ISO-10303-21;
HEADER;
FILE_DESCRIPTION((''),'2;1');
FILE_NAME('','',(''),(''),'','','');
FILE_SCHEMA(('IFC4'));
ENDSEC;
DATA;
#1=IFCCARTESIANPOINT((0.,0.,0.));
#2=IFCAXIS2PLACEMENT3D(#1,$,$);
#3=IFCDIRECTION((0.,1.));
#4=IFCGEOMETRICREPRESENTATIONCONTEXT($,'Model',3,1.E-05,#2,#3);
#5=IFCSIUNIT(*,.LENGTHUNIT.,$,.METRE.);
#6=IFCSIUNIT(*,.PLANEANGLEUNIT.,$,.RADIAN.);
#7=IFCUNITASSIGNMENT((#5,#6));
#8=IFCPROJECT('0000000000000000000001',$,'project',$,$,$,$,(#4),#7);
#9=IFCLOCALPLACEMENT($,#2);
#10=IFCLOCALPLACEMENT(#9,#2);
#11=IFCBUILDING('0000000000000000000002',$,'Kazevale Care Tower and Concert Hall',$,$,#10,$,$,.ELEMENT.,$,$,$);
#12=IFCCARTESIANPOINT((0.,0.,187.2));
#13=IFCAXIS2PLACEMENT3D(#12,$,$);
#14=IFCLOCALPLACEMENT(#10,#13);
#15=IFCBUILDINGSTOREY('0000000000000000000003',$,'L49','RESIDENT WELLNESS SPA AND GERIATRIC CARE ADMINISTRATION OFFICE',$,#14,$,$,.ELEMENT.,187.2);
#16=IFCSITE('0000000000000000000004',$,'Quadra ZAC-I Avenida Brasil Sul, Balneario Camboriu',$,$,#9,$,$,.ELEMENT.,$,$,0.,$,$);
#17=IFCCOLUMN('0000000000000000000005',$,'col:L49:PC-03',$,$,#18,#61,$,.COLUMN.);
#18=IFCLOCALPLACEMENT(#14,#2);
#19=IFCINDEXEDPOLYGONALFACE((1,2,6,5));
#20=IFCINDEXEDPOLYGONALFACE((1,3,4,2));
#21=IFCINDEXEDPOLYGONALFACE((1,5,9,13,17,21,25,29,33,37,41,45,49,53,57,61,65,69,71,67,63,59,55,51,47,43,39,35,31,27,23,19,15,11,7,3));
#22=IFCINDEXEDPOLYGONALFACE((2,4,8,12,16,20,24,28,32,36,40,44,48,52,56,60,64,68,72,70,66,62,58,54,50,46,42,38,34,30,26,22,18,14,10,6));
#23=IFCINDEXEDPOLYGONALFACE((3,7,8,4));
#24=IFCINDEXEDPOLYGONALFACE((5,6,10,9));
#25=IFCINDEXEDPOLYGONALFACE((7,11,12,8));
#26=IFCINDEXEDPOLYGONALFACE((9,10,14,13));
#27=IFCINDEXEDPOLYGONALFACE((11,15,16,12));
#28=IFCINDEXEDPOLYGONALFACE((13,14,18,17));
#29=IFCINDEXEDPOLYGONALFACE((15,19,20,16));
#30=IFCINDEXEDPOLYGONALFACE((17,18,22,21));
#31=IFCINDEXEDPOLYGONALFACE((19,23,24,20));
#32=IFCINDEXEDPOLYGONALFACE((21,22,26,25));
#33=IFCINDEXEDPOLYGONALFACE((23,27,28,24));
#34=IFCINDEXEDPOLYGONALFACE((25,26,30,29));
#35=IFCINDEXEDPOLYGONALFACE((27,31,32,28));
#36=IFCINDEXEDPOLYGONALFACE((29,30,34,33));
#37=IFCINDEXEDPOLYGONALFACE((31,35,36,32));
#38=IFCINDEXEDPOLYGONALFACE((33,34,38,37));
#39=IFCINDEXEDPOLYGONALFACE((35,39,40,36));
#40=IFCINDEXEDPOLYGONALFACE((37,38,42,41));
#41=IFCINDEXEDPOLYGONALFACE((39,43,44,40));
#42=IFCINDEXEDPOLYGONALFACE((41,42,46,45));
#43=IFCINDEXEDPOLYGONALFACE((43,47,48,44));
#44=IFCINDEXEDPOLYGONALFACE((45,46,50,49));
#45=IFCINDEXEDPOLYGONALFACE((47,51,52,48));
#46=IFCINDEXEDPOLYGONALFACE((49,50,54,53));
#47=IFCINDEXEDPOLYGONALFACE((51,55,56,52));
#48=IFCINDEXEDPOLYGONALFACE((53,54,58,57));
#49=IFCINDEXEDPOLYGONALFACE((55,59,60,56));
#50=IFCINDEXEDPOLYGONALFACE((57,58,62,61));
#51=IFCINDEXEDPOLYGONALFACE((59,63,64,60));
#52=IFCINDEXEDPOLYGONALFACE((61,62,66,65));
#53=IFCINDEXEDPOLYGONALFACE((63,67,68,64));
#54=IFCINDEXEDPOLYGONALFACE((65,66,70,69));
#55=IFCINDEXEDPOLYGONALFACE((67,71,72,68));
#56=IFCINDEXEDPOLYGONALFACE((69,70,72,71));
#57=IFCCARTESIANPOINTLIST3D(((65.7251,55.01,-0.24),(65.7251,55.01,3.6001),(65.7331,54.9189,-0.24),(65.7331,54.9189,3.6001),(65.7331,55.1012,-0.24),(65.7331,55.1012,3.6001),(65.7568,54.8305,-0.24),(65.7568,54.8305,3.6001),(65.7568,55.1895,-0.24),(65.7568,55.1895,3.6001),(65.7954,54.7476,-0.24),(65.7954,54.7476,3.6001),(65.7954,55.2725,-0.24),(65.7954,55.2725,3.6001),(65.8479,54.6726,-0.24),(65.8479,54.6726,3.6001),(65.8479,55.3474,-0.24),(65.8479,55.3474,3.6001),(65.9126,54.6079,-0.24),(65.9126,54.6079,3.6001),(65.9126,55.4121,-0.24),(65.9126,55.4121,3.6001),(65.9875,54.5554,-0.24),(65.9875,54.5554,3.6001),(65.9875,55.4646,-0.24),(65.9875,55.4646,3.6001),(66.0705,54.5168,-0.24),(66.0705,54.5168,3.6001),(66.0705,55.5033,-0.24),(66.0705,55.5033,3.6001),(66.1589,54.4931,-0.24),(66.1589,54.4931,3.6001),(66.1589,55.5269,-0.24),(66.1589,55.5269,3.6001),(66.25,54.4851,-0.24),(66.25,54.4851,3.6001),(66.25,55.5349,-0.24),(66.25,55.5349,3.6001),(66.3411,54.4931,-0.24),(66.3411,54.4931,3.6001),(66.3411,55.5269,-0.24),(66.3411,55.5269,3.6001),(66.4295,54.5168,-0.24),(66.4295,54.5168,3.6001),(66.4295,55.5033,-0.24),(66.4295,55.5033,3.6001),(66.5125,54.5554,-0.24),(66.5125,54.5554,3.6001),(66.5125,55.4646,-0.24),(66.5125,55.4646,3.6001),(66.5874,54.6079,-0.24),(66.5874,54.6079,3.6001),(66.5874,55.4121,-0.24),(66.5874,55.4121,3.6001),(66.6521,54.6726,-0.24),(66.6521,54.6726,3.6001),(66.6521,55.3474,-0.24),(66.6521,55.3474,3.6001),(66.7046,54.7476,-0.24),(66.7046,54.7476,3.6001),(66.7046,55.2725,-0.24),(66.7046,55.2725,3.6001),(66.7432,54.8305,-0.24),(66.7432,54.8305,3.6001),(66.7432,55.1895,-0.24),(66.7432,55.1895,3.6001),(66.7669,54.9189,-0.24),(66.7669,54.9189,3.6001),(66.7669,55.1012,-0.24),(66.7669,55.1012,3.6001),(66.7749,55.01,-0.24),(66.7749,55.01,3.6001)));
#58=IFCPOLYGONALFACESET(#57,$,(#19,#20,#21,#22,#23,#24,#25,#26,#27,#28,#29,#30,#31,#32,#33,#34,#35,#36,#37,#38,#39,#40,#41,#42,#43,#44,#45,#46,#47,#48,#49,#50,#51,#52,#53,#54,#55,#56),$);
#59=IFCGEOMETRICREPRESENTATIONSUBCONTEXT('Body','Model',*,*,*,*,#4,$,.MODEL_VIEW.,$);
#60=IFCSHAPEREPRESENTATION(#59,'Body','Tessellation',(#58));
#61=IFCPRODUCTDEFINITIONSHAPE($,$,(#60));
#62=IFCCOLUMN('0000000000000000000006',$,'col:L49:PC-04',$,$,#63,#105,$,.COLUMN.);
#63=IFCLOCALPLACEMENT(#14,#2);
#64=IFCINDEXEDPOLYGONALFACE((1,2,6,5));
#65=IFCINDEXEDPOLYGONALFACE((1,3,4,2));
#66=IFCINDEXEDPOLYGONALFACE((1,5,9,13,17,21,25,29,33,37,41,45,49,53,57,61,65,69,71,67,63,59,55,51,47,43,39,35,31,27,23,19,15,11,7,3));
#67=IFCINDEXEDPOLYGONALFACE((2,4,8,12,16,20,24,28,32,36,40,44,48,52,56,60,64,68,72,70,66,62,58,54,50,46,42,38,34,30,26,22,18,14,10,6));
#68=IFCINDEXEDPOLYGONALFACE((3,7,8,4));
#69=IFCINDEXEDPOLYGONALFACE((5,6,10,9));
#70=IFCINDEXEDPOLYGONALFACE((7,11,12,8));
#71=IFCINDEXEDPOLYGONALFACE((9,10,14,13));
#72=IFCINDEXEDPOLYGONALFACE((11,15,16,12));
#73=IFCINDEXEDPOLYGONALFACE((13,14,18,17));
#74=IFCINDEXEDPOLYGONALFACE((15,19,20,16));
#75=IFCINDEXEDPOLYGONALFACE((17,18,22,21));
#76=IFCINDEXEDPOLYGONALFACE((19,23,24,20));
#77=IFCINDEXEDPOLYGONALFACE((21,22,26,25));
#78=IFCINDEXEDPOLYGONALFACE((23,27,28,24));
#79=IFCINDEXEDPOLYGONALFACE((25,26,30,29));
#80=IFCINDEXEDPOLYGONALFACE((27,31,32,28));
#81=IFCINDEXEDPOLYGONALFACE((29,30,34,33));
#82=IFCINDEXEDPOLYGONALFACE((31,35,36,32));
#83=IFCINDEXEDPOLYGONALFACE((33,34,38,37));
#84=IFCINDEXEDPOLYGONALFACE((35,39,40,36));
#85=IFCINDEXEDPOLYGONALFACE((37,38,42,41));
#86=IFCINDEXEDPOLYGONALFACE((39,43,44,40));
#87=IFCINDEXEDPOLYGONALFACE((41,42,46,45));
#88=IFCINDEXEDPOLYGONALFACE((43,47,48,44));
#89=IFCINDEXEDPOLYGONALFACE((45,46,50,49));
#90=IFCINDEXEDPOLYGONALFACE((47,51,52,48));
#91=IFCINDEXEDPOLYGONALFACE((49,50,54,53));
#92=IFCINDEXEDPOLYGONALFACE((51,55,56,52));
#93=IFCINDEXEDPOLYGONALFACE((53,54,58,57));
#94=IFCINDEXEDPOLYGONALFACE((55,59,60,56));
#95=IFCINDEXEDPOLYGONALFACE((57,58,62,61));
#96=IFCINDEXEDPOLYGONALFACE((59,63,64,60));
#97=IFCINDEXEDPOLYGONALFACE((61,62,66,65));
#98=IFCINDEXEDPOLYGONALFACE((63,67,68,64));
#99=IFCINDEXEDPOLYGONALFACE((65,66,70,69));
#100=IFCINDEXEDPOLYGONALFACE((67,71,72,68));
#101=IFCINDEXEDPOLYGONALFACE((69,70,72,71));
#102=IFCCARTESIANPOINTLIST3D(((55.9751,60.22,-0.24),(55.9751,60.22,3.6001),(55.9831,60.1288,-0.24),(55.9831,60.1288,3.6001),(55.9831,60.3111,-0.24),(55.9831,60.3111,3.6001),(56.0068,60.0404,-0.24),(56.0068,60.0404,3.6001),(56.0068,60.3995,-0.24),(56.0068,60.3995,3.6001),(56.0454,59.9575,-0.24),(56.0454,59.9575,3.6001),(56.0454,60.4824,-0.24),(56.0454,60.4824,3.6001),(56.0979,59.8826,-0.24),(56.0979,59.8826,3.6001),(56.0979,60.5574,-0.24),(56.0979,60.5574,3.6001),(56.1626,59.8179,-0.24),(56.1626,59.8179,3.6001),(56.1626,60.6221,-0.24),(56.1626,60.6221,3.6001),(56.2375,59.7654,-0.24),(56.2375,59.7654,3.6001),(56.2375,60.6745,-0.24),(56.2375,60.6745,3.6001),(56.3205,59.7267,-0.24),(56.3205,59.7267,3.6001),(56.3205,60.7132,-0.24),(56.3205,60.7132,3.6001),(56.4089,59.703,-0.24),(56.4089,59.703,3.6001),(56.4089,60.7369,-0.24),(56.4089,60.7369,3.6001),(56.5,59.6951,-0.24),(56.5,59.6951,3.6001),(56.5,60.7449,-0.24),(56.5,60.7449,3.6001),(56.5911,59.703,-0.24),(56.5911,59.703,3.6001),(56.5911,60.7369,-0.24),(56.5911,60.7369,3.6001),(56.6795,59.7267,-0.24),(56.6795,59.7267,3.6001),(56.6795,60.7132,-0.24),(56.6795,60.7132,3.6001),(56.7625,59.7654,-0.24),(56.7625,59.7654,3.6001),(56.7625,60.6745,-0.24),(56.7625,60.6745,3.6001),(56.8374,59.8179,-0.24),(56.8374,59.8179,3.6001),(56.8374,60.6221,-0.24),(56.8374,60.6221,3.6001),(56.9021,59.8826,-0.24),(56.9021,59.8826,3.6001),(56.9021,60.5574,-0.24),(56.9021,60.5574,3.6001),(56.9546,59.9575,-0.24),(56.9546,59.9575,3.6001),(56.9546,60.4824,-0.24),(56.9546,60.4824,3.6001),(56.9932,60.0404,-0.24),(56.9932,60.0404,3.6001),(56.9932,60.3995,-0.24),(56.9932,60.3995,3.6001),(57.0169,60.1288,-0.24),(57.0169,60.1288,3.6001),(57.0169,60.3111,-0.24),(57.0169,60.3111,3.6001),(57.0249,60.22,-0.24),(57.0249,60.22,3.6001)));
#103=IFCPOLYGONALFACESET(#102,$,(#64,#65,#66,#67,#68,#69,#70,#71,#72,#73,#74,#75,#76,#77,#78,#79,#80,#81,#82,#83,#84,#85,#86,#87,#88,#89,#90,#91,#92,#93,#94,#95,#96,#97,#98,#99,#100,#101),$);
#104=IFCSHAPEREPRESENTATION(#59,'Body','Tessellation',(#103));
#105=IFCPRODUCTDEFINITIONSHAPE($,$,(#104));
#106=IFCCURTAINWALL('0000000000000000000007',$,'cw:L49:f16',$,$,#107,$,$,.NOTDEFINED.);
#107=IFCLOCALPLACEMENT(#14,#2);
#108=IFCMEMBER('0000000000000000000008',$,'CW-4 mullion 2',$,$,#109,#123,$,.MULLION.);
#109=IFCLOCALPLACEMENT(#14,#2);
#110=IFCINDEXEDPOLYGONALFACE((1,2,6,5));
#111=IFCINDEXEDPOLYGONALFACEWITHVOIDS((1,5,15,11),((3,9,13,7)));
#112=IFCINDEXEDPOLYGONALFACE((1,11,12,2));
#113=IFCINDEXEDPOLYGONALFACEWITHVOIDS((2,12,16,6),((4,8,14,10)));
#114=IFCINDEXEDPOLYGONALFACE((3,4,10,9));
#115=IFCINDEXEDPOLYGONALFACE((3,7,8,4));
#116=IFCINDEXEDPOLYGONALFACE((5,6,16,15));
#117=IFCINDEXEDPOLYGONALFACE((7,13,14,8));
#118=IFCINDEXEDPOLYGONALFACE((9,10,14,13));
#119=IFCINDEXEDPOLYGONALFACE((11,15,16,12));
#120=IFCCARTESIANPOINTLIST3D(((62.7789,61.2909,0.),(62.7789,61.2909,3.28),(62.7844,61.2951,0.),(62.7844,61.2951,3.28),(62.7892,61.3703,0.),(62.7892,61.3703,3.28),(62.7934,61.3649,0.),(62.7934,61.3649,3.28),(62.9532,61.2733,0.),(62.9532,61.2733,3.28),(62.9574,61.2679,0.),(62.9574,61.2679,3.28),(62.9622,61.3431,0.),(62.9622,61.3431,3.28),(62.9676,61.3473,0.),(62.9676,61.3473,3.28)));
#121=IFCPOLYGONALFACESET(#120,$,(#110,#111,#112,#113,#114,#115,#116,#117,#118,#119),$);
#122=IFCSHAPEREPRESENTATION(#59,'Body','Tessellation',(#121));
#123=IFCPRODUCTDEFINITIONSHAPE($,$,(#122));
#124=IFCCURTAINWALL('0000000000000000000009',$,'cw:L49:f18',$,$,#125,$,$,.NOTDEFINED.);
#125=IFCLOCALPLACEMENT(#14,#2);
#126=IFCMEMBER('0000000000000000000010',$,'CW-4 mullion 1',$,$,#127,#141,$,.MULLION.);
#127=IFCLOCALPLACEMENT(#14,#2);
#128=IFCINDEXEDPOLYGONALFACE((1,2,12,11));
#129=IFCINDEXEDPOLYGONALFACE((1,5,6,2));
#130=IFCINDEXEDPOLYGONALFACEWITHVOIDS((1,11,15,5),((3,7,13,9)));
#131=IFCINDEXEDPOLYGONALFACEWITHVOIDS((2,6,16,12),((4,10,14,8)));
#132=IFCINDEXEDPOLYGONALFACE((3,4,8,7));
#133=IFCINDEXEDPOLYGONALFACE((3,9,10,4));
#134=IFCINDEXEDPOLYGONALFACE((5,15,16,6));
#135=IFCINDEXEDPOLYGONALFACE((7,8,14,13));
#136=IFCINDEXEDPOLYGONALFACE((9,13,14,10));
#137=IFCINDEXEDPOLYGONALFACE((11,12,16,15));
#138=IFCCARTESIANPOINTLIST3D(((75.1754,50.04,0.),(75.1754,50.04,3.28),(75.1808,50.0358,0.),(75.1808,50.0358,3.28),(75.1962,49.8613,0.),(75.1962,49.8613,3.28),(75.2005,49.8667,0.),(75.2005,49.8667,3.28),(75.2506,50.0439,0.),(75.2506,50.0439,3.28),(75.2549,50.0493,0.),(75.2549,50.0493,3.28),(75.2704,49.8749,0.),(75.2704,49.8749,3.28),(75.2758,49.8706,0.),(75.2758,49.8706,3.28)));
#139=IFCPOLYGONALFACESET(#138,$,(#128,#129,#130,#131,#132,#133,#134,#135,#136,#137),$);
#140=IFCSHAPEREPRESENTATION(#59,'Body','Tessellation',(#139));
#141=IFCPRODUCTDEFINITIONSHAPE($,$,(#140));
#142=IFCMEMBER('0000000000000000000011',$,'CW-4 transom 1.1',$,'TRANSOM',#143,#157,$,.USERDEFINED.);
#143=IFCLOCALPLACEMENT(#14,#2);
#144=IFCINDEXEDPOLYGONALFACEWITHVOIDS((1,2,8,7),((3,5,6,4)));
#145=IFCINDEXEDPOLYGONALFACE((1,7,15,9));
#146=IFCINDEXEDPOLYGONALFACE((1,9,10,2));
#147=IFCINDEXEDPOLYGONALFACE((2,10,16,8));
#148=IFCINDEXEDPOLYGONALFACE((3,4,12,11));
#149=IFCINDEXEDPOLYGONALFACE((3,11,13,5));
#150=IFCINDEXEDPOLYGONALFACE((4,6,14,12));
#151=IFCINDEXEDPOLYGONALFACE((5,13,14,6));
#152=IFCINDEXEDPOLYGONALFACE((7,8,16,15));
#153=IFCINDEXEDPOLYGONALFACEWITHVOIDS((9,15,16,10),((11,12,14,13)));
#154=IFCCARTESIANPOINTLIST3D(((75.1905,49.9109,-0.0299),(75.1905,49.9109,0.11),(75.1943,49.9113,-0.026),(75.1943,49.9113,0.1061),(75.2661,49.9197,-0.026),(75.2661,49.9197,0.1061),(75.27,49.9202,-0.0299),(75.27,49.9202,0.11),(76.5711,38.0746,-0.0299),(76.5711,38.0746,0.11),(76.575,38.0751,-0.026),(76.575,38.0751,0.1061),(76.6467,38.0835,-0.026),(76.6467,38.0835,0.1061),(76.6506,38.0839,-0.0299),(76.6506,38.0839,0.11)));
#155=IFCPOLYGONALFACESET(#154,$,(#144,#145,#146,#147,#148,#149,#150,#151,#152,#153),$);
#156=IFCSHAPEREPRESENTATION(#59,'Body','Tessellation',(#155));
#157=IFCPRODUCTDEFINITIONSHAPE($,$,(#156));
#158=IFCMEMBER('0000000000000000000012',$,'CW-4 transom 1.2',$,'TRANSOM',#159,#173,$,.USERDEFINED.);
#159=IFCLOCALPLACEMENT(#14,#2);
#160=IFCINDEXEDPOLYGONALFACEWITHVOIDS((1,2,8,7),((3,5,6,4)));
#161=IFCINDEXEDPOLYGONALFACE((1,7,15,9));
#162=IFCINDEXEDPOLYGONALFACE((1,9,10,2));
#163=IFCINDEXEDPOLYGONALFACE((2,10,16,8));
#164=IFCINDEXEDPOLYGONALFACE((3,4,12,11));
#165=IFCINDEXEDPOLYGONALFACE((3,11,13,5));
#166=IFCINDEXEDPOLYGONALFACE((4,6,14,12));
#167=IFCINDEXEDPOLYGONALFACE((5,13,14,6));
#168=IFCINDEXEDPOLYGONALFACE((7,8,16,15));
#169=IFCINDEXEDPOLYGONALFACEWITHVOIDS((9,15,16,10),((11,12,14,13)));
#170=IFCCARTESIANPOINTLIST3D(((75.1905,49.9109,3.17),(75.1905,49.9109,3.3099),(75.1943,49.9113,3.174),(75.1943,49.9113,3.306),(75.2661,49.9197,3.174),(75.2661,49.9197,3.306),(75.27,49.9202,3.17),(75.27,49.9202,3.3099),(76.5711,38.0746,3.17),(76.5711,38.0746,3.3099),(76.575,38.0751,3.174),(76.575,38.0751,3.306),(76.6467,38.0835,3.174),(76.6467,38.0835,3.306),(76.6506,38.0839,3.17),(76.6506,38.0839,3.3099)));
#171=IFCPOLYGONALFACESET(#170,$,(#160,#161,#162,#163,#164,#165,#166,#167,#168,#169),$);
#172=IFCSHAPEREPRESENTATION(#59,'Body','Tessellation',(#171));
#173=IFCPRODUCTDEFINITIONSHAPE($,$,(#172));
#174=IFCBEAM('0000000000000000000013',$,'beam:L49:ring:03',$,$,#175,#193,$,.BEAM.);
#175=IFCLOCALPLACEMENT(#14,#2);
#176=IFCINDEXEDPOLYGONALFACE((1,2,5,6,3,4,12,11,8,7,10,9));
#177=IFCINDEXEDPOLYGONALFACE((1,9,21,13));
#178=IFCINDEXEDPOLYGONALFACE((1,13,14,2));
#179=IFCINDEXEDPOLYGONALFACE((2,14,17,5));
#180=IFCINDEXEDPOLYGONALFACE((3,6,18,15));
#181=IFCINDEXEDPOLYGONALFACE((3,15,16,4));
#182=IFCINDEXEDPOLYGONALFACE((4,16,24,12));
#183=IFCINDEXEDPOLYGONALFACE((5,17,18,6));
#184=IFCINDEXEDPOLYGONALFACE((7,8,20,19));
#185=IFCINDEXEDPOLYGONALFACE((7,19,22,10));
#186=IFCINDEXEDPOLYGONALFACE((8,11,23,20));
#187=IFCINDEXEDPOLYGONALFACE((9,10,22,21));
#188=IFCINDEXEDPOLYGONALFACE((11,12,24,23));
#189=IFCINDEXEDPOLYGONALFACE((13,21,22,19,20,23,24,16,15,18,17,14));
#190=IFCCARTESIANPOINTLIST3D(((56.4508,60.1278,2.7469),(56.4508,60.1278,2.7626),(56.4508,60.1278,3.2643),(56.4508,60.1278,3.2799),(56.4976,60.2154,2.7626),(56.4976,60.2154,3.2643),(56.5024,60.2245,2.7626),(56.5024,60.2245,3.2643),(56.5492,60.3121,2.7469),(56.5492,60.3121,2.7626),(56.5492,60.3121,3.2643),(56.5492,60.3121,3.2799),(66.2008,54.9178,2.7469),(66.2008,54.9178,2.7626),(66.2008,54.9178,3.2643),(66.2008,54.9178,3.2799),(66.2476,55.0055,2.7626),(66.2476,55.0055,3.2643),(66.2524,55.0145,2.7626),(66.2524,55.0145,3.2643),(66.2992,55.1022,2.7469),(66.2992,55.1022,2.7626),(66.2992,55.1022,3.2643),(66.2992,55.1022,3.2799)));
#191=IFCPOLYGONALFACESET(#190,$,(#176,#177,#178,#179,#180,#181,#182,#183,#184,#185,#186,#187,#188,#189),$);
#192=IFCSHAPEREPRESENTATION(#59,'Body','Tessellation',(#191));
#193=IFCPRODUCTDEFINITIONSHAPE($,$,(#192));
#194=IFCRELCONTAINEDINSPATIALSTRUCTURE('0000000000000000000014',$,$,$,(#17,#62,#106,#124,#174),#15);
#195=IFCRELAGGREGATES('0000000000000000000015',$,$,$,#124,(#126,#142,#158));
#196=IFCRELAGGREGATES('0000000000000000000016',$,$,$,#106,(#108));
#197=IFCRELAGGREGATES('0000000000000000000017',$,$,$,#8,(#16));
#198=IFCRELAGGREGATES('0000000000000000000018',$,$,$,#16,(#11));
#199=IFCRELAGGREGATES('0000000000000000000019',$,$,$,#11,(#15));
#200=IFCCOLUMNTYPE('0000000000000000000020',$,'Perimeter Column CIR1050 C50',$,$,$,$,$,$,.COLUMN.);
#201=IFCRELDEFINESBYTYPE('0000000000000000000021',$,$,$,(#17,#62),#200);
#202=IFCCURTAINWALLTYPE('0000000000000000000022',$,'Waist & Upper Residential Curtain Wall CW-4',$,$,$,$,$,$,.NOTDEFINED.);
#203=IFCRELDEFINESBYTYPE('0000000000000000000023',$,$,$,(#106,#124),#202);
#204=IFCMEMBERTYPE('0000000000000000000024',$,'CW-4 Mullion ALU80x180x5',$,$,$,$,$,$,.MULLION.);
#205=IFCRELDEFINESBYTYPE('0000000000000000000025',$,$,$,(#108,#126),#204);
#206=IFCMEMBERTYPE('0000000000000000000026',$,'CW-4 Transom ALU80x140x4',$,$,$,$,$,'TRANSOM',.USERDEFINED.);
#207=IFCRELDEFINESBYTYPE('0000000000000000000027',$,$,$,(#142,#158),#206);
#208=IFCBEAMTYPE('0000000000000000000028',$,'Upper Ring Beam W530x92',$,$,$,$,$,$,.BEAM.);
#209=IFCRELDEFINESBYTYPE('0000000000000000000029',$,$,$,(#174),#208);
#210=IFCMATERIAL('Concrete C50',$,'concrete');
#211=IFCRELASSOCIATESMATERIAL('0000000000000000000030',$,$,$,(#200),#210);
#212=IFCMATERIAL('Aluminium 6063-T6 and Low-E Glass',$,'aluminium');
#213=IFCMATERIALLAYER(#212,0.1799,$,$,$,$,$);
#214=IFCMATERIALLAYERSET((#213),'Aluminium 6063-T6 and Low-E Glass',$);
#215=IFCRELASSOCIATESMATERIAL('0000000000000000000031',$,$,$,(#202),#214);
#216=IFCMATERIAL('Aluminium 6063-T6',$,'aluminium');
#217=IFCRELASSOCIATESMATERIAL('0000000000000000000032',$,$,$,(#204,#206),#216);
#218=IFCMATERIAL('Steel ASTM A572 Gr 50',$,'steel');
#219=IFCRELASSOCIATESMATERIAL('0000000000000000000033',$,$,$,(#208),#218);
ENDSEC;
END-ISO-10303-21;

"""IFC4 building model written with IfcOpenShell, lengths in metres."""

from ifc_helpers import new_model, si_unit, direction, frame, origin, origin_2d, place, context, subcontext, project, spatial, hollow_rectangle, circle, i_section, extrude, material, layer, layer_set, material_profile, profile_set, type_object, element, aggregate, save


model = new_model("IFC4")

# Units and contexts
model_context = context("Model", 3, precision=1e-05, world=origin(), true_north=direction((0.0, 1.0)))
body_context = subcontext(model_context, "Body", "Model", "MODEL_VIEW")
ifc_project = project(units=[si_unit("LENGTHUNIT", "METRE"), si_unit("PLANEANGLEUNIT", "RADIAN")], contexts=[model_context])

# Site, building, storey
site_placement = place(None, origin())
site = spatial("IfcSite", under=ifc_project, at=site_placement, Name="Quadra ZAC-I Avenida Brasil Sul, Balneario Camboriu", CompositionType="ELEMENT", RefElevation=0.0)
building_placement = place(site_placement, origin())
building = spatial("IfcBuilding", under=site, at=building_placement, Name="Kazevale Care Tower and Concert Hall", CompositionType="ELEMENT")
storey_placement = place(building_placement, frame((0.0, 0.0, 187.2)))
storey = spatial("IfcBuildingStorey", under=building, at=storey_placement, Name="L49", Description="RESIDENT WELLNESS SPA AND GERIATRIC CARE ADMINISTRATION OFFICE", CompositionType="ELEMENT", Elevation=187.2)

# Columns
ifc_material_1 = material(Name="Concrete C50", Category="concrete")
ifc_material_profile_1 = material_profile(ifc_material_1, circle(Radius=0.5249, at=origin_2d()), Name="RC-CIR1050")
ifc_profile_set_1 = profile_set([ifc_material_profile_1], Name="Concrete C50")
column_type = type_object("IfcColumnType", Name="Perimeter Column CIR1050 C50", PredefinedType="COLUMN", material=ifc_profile_set_1)
for number, where, z_axis, x_axis, name in (
    (1, (66.25, 55.01, -0.24), (0.0, 0.0, 1.0), (1.0, 0.0, 0.0), "col:L49:PC-03"),
    (2, (56.5, 60.22, -0.24), (0.0, 0.0, 1.0), (1.0, 0.0, 0.0), "col:L49:PC-04"),
):
    element("IfcColumn", number, at=place(storey_placement, frame(where, z_axis=z_axis, x_axis=x_axis)), inside=storey, type_object=column_type, Name=name, PredefinedType="COLUMN", context=body_context, shape_type="SweptSolid", body=[
        extrude(circle(Radius=0.5249, at=origin_2d()), origin(), (0.0, 0.0, 1.0), 3.8401),
    ])

# Curtain wall, member
ifc_material_2 = material(Name="Aluminium 6063-T6 and Low-E Glass", Category="aluminium")
ifc_layer_1 = layer(ifc_material_2, 0.1799)
ifc_layer_set_1 = layer_set([ifc_layer_1], Name="Aluminium 6063-T6 and Low-E Glass")
curtain_wall_type = type_object("IfcCurtainWallType", Name="Waist & Upper Residential Curtain Wall CW-4", PredefinedType="NOTDEFINED", material=ifc_layer_set_1)
curtain_wall_1_placement = place(storey_placement, origin())
curtain_wall_1 = element("IfcCurtainWall", 3, at=curtain_wall_1_placement, inside=storey, type_object=curtain_wall_type, Name="cw:L49:f16", PredefinedType="NOTDEFINED")
ifc_material_3 = material(Name="Aluminium 6063-T6", Category="aluminium")
ifc_material_profile_2 = material_profile(ifc_material_3, hollow_rectangle(XDim=0.0801, YDim=0.1799, WallThickness=0.0049, at=origin_2d()), Name="ALU80x180x5")
ifc_profile_set_2 = profile_set([ifc_material_profile_2], Name="Aluminium 6063-T6")
member_type_1 = type_object("IfcMemberType", Name="CW-4 Mullion ALU80x180x5", PredefinedType="MULLION", material=ifc_profile_set_2)
member_1_placement = place(storey_placement, frame((62.8733, 61.3191, 0.0), z_axis=(0.0, 0.0, 1.0), x_axis=(0.128098, 0.991761, 0.0)))
member_1 = element("IfcMember", 4, at=member_1_placement, type_object=member_type_1, Name="CW-4 mullion 2", PredefinedType="MULLION", context=body_context, shape_type="SweptSolid", body=[
    extrude(hollow_rectangle(XDim=0.0801, YDim=0.1799, WallThickness=0.0049, at=origin_2d()), origin(), (0.0, 0.0, 1.0), 3.28),
])

# Curtain wall, members
curtain_wall_2_placement = place(storey_placement, origin())
curtain_wall_2 = element("IfcCurtainWall", 5, at=curtain_wall_2_placement, inside=storey, type_object=curtain_wall_type, Name="cw:L49:f18", PredefinedType="NOTDEFINED")
member_2_placement = place(storey_placement, frame((75.2256, 49.9553, 0.0), z_axis=(0.0, 0.0, 1.0), x_axis=(0.993267, 0.115847, 0.0)))
member_2 = element("IfcMember", 6, at=member_2_placement, type_object=member_type_1, Name="CW-4 mullion 1", PredefinedType="MULLION", context=body_context, shape_type="SweptSolid", body=[
    extrude(hollow_rectangle(XDim=0.0801, YDim=0.1799, WallThickness=0.0049, at=origin_2d()), origin(), (0.0, 0.0, 1.0), 3.28),
])
ifc_material_profile_3 = material_profile(ifc_material_3, hollow_rectangle(XDim=0.0801, YDim=0.1399, WallThickness=0.0039, at=origin_2d()), Name="ALU80x140x4")
ifc_profile_set_3 = profile_set([ifc_material_profile_3], Name="Aluminium 6063-T6")
member_type_2 = type_object("IfcMemberType", Name="CW-4 Transom ALU80x140x4", ElementType="TRANSOM", PredefinedType="USERDEFINED", material=ifc_profile_set_3)
member_3_placement = place(storey_placement, frame((75.2302, 49.9155, 0.04), z_axis=(0.115858, -0.993266, 0.0), x_axis=(0.993266, 0.115858, 0.0)))
member_3 = element("IfcMember", 7, at=member_3_placement, type_object=member_type_2, Name="CW-4 transom 1.1", ObjectType="TRANSOM", PredefinedType="USERDEFINED", context=body_context, shape_type="SweptSolid", body=[
    extrude(hollow_rectangle(XDim=0.0801, YDim=0.1399, WallThickness=0.0039, at=origin_2d()), origin(), (0.0, 0.0, 1.0), 11.9165),
])
member_4_placement = place(storey_placement, frame((75.2302, 49.9155, 3.24), z_axis=(0.115858, -0.993266, 0.0), x_axis=(0.993266, 0.115858, 0.0)))
member_4 = element("IfcMember", 8, at=member_4_placement, type_object=member_type_2, Name="CW-4 transom 1.2", ObjectType="TRANSOM", PredefinedType="USERDEFINED", context=body_context, shape_type="SweptSolid", body=[
    extrude(hollow_rectangle(XDim=0.0801, YDim=0.1399, WallThickness=0.0039, at=origin_2d()), origin(), (0.0, 0.0, 1.0), 11.9165),
])
aggregate(curtain_wall_2, [member_2, member_3, member_4])

# Beam
ifc_material_4 = material(Name="Steel ASTM A572 Gr 50", Category="steel")
ifc_material_profile_4 = material_profile(ifc_material_4, i_section(OverallWidth=0.209, OverallDepth=0.533, WebThickness=0.0103, FlangeThickness=0.0156, at=origin_2d()), Name="W530x92")
ifc_profile_set_4 = profile_set([ifc_material_profile_4], Name="Steel ASTM A572 Gr 50")
beam_type = type_object("IfcBeamType", Name="Upper Ring Beam W530x92", PredefinedType="BEAM", material=ifc_profile_set_4)
beam_1_placement = place(storey_placement, frame((66.25, 55.01, 3.0134), z_axis=(-0.881979, 0.47129, 0.0), x_axis=(-0.47129, -0.881979, 0.0)))
element("IfcBeam", 9, at=beam_1_placement, inside=storey, type_object=beam_type, Name="beam:L49:ring:03", PredefinedType="BEAM", context=body_context, shape_type="SweptSolid", body=[
    extrude(i_section(OverallWidth=0.209, OverallDepth=0.533, WebThickness=0.0103, FlangeThickness=0.0156, at=origin_2d()), origin(), (0.0, 0.0, 1.0), 11.0547),
])

aggregate(curtain_wall_1, [member_1])

save(model, "model.ifc")
